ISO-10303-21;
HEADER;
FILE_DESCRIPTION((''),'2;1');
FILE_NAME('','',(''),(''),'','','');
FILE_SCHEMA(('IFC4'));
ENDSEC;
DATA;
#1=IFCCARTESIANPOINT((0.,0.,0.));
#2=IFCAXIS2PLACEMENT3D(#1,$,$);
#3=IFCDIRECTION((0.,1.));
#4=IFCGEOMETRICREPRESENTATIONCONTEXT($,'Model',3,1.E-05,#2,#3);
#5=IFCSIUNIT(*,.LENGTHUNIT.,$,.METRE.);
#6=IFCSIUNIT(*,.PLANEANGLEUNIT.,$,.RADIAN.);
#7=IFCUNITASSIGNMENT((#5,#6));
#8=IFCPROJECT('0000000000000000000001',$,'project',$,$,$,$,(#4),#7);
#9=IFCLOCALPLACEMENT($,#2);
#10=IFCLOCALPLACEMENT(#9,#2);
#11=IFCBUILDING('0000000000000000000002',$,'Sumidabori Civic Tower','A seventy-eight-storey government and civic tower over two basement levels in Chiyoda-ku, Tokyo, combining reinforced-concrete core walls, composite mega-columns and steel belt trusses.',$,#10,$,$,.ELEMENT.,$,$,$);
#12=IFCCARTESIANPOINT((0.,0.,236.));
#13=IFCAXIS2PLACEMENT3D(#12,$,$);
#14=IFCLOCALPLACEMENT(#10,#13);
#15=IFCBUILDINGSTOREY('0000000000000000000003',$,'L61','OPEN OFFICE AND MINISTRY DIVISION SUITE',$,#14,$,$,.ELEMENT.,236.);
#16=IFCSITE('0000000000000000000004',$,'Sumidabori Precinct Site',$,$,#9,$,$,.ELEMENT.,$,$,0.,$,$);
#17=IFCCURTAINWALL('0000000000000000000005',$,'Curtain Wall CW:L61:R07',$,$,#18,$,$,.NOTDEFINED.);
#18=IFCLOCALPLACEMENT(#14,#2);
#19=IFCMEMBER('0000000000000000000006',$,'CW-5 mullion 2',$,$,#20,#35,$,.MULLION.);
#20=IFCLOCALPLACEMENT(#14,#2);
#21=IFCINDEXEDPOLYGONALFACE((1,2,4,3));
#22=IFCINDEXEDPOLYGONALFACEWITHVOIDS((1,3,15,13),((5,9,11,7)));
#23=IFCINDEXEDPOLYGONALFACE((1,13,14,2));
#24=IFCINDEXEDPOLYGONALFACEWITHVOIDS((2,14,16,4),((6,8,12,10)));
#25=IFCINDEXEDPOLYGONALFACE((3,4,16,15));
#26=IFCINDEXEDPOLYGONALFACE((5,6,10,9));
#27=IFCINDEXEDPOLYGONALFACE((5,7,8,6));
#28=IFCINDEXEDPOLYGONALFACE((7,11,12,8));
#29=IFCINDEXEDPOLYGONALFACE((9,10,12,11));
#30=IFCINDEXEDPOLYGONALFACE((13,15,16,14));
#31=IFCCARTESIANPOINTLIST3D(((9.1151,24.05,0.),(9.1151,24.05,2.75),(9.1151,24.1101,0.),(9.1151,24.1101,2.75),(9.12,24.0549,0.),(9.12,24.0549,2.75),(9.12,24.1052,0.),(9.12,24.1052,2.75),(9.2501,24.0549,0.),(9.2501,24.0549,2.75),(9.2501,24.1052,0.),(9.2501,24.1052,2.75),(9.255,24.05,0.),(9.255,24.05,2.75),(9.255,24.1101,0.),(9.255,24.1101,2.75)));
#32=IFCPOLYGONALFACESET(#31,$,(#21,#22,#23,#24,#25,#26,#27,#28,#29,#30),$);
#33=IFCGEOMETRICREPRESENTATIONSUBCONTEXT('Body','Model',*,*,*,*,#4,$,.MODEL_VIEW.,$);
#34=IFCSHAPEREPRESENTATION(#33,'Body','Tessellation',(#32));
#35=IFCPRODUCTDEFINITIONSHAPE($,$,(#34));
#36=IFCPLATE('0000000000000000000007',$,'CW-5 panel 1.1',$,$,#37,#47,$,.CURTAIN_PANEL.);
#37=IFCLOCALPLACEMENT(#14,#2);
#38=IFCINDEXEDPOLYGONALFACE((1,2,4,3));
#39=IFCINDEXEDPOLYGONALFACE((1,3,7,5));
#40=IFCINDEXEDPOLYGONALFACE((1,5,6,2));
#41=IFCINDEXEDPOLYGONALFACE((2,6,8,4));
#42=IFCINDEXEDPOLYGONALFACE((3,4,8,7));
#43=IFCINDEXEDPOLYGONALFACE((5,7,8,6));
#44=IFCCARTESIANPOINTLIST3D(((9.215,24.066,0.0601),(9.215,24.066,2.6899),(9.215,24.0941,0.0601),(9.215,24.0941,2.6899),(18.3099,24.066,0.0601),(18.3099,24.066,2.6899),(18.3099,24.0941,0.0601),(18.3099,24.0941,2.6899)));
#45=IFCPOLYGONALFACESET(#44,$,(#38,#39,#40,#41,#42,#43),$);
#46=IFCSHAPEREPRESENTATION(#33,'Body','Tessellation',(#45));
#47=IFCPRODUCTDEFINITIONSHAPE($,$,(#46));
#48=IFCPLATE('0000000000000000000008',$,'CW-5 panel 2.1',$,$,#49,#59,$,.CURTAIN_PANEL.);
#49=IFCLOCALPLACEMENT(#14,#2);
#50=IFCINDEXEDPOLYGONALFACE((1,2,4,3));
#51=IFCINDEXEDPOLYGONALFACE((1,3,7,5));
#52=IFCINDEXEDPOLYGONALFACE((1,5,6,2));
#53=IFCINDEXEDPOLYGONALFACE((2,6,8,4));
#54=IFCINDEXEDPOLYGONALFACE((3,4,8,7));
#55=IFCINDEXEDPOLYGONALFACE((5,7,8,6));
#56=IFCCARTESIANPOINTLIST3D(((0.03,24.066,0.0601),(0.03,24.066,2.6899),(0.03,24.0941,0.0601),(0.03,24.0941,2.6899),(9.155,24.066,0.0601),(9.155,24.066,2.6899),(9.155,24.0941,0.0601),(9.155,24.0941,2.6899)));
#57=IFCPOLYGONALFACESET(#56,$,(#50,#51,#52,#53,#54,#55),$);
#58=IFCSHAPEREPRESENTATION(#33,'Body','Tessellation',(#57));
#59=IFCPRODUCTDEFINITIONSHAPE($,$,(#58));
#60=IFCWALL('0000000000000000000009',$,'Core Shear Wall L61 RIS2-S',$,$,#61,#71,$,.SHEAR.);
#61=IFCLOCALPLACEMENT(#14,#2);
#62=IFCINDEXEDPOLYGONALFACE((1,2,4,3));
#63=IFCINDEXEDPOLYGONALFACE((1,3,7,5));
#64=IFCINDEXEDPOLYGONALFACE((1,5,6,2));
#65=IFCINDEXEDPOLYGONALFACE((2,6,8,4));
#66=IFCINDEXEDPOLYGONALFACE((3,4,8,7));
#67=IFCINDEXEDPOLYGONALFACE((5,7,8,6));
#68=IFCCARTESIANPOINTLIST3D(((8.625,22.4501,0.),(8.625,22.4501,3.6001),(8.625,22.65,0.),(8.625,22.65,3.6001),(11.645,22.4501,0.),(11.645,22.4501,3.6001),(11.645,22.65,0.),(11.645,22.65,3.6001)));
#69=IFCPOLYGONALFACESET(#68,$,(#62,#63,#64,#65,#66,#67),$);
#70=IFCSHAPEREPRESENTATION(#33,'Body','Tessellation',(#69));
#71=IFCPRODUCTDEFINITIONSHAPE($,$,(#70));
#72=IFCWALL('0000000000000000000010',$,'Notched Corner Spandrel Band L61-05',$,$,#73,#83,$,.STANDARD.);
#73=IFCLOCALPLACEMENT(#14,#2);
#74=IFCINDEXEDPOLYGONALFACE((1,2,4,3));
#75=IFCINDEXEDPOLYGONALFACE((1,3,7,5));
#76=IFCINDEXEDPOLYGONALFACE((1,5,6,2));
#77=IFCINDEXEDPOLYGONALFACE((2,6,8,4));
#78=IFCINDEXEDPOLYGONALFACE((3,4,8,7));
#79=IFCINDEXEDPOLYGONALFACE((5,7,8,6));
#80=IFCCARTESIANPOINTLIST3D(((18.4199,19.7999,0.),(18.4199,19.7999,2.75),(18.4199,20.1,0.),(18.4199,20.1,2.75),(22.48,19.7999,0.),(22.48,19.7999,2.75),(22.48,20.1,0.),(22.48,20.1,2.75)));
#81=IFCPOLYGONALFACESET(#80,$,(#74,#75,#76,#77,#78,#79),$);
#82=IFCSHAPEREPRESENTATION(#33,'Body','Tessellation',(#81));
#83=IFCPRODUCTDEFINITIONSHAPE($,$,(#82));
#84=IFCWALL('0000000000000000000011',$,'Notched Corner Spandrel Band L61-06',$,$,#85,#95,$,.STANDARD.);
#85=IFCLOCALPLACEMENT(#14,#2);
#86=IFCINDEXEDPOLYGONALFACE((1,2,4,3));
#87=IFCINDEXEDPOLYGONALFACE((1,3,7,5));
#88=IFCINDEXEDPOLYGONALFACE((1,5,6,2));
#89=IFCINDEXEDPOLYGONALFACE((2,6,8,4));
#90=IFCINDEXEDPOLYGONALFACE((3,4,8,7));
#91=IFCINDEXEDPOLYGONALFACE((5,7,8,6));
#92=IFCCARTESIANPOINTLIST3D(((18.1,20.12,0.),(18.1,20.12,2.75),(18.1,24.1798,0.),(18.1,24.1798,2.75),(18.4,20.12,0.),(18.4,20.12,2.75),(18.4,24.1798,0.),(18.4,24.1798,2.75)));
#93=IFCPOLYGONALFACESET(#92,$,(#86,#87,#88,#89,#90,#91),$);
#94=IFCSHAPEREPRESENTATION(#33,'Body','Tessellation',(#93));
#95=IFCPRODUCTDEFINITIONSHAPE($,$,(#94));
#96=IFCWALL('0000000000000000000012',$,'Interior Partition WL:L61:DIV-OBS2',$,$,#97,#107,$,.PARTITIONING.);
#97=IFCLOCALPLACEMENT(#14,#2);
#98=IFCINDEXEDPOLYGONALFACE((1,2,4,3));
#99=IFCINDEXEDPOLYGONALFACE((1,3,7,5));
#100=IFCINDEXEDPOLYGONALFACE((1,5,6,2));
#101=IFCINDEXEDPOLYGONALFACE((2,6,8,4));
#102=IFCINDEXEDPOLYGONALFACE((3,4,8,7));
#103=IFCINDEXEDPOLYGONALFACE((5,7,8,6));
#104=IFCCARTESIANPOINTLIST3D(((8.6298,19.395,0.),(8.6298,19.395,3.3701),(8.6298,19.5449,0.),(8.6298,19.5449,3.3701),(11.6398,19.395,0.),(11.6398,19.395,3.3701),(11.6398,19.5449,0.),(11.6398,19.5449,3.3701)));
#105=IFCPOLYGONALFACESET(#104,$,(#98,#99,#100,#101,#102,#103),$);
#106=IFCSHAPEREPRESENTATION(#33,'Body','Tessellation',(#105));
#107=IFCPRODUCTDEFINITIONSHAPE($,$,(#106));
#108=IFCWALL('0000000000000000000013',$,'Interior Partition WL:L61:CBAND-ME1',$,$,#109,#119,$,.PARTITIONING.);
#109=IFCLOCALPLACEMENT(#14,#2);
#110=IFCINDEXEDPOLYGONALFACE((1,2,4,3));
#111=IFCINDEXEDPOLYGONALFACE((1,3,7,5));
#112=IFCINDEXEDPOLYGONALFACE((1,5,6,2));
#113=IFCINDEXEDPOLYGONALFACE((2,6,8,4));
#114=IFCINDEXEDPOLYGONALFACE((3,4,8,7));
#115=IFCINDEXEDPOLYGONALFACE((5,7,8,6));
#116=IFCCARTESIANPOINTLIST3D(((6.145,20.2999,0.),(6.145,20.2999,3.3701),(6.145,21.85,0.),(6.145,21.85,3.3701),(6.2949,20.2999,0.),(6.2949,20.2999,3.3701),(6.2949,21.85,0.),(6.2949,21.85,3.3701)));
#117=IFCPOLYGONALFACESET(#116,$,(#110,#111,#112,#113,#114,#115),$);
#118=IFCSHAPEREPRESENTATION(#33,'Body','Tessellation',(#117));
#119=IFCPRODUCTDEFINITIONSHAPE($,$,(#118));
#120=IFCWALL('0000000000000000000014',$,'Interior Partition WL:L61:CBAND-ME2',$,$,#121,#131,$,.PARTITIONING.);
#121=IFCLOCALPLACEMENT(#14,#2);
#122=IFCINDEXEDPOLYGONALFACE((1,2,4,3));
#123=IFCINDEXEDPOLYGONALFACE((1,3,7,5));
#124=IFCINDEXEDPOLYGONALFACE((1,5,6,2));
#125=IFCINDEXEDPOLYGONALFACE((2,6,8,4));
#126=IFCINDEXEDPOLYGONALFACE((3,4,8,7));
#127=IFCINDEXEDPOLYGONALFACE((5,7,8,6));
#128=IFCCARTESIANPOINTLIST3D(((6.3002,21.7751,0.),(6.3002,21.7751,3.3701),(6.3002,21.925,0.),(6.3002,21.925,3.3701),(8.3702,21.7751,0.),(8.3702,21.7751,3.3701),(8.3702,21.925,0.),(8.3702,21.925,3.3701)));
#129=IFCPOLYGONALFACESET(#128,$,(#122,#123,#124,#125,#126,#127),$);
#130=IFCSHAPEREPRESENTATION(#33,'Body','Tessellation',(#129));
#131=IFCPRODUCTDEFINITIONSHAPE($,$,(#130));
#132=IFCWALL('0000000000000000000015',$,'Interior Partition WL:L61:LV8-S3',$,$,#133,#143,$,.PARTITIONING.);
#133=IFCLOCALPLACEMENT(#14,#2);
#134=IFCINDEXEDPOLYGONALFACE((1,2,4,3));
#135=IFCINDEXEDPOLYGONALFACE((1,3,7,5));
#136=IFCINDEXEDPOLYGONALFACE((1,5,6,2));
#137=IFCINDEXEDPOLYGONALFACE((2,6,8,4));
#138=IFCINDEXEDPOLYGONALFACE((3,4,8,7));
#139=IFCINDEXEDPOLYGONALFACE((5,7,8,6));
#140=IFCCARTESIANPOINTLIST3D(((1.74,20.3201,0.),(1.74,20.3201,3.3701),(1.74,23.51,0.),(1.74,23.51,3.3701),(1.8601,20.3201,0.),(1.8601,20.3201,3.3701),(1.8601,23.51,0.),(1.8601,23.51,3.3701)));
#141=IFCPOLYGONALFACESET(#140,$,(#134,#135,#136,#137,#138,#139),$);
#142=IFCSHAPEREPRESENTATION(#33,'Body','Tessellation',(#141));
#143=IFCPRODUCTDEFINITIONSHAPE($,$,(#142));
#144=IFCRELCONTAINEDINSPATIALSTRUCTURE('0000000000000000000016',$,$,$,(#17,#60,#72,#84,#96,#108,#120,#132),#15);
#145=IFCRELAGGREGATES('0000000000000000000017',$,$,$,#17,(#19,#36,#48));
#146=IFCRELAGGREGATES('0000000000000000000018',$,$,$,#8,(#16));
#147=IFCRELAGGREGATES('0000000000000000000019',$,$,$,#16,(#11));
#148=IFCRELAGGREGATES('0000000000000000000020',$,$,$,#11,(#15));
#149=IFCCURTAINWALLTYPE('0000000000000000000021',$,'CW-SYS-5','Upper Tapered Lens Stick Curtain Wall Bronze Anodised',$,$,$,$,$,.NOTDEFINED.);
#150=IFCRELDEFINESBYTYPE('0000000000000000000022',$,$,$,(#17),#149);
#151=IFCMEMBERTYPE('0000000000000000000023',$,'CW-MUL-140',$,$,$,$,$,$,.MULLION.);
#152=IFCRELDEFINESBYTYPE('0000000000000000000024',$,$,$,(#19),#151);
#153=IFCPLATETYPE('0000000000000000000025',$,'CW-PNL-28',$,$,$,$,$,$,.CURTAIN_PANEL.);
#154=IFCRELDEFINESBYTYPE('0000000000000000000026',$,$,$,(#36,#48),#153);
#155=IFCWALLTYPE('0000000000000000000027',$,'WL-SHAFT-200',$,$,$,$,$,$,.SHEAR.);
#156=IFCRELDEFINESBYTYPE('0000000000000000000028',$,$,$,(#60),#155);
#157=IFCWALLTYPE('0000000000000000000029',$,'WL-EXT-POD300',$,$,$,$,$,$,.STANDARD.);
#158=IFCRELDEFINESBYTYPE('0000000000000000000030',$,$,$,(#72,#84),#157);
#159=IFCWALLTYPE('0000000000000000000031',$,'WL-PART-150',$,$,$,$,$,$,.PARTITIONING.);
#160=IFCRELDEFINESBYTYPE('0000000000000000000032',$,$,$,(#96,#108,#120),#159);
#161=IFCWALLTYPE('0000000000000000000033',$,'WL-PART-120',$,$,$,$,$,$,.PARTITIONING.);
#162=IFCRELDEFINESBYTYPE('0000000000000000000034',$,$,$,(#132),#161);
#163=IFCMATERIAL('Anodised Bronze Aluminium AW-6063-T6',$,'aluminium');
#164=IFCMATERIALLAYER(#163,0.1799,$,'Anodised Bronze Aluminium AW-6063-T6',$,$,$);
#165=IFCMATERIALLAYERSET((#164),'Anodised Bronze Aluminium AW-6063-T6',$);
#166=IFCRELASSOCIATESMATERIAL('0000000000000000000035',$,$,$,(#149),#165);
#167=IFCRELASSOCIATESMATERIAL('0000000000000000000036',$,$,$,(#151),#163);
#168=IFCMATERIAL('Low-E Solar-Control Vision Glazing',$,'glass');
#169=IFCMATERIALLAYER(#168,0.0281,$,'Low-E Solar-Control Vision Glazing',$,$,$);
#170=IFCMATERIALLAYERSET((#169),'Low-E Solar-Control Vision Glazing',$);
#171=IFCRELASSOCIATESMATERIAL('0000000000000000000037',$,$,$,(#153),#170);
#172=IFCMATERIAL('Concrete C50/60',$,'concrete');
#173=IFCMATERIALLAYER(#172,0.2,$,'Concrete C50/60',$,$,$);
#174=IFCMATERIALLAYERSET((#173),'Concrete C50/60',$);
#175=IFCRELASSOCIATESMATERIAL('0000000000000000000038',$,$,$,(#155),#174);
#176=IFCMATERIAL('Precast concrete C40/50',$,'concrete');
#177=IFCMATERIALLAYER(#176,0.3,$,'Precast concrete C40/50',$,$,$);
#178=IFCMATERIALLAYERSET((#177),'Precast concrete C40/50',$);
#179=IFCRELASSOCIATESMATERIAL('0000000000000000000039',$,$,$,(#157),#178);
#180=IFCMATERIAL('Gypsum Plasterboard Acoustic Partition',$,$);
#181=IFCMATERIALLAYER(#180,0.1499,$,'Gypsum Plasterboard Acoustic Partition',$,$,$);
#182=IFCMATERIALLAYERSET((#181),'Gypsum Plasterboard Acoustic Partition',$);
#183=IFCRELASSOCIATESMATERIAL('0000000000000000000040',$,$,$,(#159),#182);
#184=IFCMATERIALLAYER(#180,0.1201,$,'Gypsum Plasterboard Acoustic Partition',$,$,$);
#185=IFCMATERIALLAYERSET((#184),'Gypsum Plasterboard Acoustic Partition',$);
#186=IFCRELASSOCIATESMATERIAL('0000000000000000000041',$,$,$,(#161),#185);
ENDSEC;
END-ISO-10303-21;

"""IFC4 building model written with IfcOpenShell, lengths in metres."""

from ifc_helpers import new_model, si_unit, direction, frame, frame_2d, origin, origin_2d, place, context, subcontext, project, spatial, rectangle, hollow_rectangle, extrude, source, transform, mapped, material, layer, layer_set, material_profile, profile_set, type_object, element, aggregate, save


model = new_model("IFC4")

# Units and contexts
model_context = context("Model", 3, precision=1e-05, world=origin(), true_north=direction((0.0, 1.0)))
body_context = subcontext(model_context, "Body", "Model", "MODEL_VIEW")
ifc_project = project(units=[si_unit("LENGTHUNIT", "METRE"), si_unit("PLANEANGLEUNIT", "RADIAN")], contexts=[model_context])

# Site, building, storey
site_placement = place(None, origin())
site = spatial("IfcSite", under=ifc_project, at=site_placement, Name="Sumidabori Precinct Site", CompositionType="ELEMENT", RefElevation=0.0)
building_placement = place(site_placement, origin())
building = spatial("IfcBuilding", under=site, at=building_placement, Name="Sumidabori Civic Tower", Description="A seventy-eight-storey government and civic tower over two basement levels in Chiyoda-ku, Tokyo, combining reinforced-concrete core walls, composite mega-columns and steel belt trusses.", CompositionType="ELEMENT")
storey_placement = place(building_placement, frame((0.0, 0.0, 236.0)))
storey = spatial("IfcBuildingStorey", under=building, at=storey_placement, Name="L61", Description="OPEN OFFICE AND MINISTRY DIVISION SUITE", CompositionType="ELEMENT", Elevation=236.0)

# Curtain wall
ifc_material_1 = material(Name="Anodised Bronze Aluminium AW-6063-T6", Category="aluminium")
ifc_layer_1 = layer(ifc_material_1, 0.1799, Name="Anodised Bronze Aluminium AW-6063-T6")
ifc_layer_set_1 = layer_set([ifc_layer_1], Name="Anodised Bronze Aluminium AW-6063-T6")
curtain_wall_type = type_object("IfcCurtainWallType", Name="CW-SYS-5", Description="Upper Tapered Lens Stick Curtain Wall Bronze Anodised", PredefinedType="NOTDEFINED", material=ifc_layer_set_1)
curtain_wall_1_placement = place(storey_placement, origin())
curtain_wall_1 = element("IfcCurtainWall", 1, at=curtain_wall_1_placement, inside=storey, type_object=curtain_wall_type, Name="Curtain Wall CW:L61:R07", PredefinedType="NOTDEFINED")

# Shared definitions
ifc_material_profile_1 = material_profile(ifc_material_1, hollow_rectangle(XDim=0.0601, YDim=0.1399, WallThickness=0.0049, at=origin_2d()), Name="ALU MULLION 140x60")
ifc_profile_set_1 = profile_set([ifc_material_profile_1], Name="Anodised Bronze Aluminium AW-6063-T6")
member_type_1 = type_object("IfcMemberType", Name="CW-MUL-140", PredefinedType="MULLION", material=ifc_profile_set_1)
shared_shape_1 = source(origin(), body_context, "Body", "SweptSolid", [
    extrude(hollow_rectangle(XDim=0.0601, YDim=0.1399, WallThickness=0.0049, at=origin_2d()), origin(), (0.0, 0.0, 1.0), 2.75),
])

# Member
member_1_placement = place(storey_placement, frame((9.1851, 24.0801, 0.0), z_axis=(0.0, 0.0, 1.0), x_axis=(0.0, -1.0, 0.0)))
member_1 = element("IfcMember", 2, at=member_1_placement, type_object=member_type_1, Name="CW-5 mullion 2", PredefinedType="MULLION", context=body_context, shape_type="MappedRepresentation", body=[
    mapped(shared_shape_1, transform((0.0, 0.0, 0.0), x_axis=(1.0, 0.0, 0.0), y_axis=(0.0, 1.0, 0.0), z_axis=(0.0, 0.0, 1.0), scale=1.0)),
])

# Plates
ifc_material_2 = material(Name="Low-E Solar-Control Vision Glazing", Category="glass")
ifc_layer_2 = layer(ifc_material_2, 0.0281, Name="Low-E Solar-Control Vision Glazing")
ifc_layer_set_2 = layer_set([ifc_layer_2], Name="Low-E Solar-Control Vision Glazing")
plate_type = type_object("IfcPlateType", Name="CW-PNL-28", PredefinedType="CURTAIN_PANEL", material=ifc_layer_set_2)
shared_shape_2 = source(origin(), body_context, "Body", "SweptSolid", [
    extrude(rectangle(XDim=9.095, YDim=0.0281, at=origin_2d()), origin(), (0.0, 0.0, 1.0), 2.6299),
])
plate_1_placement = place(storey_placement, frame((13.7625, 24.0801, 0.0601), z_axis=(0.0, 0.0, 1.0), x_axis=(-1.0, 0.0, 0.0)))
plate_1 = element("IfcPlate", 3, at=plate_1_placement, type_object=plate_type, Name="CW-5 panel 1.1", PredefinedType="CURTAIN_PANEL", context=body_context, shape_type="MappedRepresentation", body=[
    mapped(shared_shape_2, transform((0.0, 0.0, 0.0), x_axis=(1.0, 0.0, 0.0), y_axis=(0.0, 1.0, 0.0), z_axis=(0.0, 0.0, 1.0), scale=1.0)),
])
shared_shape_3 = source(origin(), body_context, "Body", "SweptSolid", [
    extrude(rectangle(XDim=9.125, YDim=0.0281, at=origin_2d()), origin(), (0.0, 0.0, 1.0), 2.6299),
])
plate_2_placement = place(storey_placement, frame((4.5925, 24.0801, 0.0601), z_axis=(0.0, 0.0, 1.0), x_axis=(-1.0, 0.0, 0.0)))
plate_2 = element("IfcPlate", 4, at=plate_2_placement, type_object=plate_type, Name="CW-5 panel 2.1", PredefinedType="CURTAIN_PANEL", context=body_context, shape_type="MappedRepresentation", body=[
    mapped(shared_shape_3, transform((0.0, 0.0, 0.0), x_axis=(1.0, 0.0, 0.0), y_axis=(0.0, 1.0, 0.0), z_axis=(0.0, 0.0, 1.0), scale=1.0)),
])
aggregate(curtain_wall_1, [member_1, plate_1, plate_2])

# Walls
ifc_material_3 = material(Name="Concrete C50/60", Category="concrete")
ifc_layer_3 = layer(ifc_material_3, 0.2, Name="Concrete C50/60")
ifc_layer_set_3 = layer_set([ifc_layer_3], Name="Concrete C50/60")
wall_type_1 = type_object("IfcWallType", Name="WL-SHAFT-200", PredefinedType="SHEAR", material=ifc_layer_set_3)
shared_shape_4 = source(origin(), body_context, "Body", "SweptSolid", [
    extrude(rectangle(XDim=3.02, YDim=0.2, at=frame_2d((1.51, 0.0))), origin(), (0.0, 0.0, 1.0), 3.6001),
])
wall_1_placement = place(storey_placement, frame((8.625, 22.55, 0.0), z_axis=(0.0, 0.0, 1.0), x_axis=(1.0, 0.0, 0.0)))
element("IfcWall", 5, at=wall_1_placement, inside=storey, type_object=wall_type_1, Name="Core Shear Wall L61 RIS2-S", PredefinedType="SHEAR", context=body_context, shape_type="MappedRepresentation", body=[
    mapped(shared_shape_4, transform((0.0, 0.0, 0.0), x_axis=(1.0, 0.0, 0.0), y_axis=(0.0, 1.0, 0.0), z_axis=(0.0, 0.0, 1.0), scale=1.0)),
])
ifc_material_4 = material(Name="Precast concrete C40/50", Category="concrete")
ifc_layer_4 = layer(ifc_material_4, 0.3, Name="Precast concrete C40/50")
ifc_layer_set_4 = layer_set([ifc_layer_4], Name="Precast concrete C40/50")
wall_type_2 = type_object("IfcWallType", Name="WL-EXT-POD300", PredefinedType="STANDARD", material=ifc_layer_set_4)
shared_shape_5 = source(origin(), body_context, "Body", "SweptSolid", [
    extrude(rectangle(XDim=4.0601, YDim=0.3, at=frame_2d((2.03, 0.0))), origin(), (0.0, 0.0, 1.0), 2.75),
])
wall_2_placement = place(storey_placement, frame((22.48, 19.95, 0.0), z_axis=(0.0, 0.0, 1.0), x_axis=(-1.0, 0.0, 0.0)))
element("IfcWall", 6, at=wall_2_placement, inside=storey, type_object=wall_type_2, Name="Notched Corner Spandrel Band L61-05", PredefinedType="STANDARD", context=body_context, shape_type="MappedRepresentation", body=[
    mapped(shared_shape_5, transform((0.0, 0.0, 0.0), x_axis=(1.0, 0.0, 0.0), y_axis=(0.0, 1.0, 0.0), z_axis=(0.0, 0.0, 1.0), scale=1.0)),
])
shared_shape_6 = source(origin(), body_context, "Body", "SweptSolid", [
    extrude(rectangle(XDim=4.0598, YDim=0.3, at=frame_2d((2.0298, 0.0))), origin(), (0.0, 0.0, 1.0), 2.75),
])
wall_3_placement = place(storey_placement, frame((18.25, 20.1201, 0.0), z_axis=(0.0, 0.0, 1.0), x_axis=(0.0, 1.0, 0.0)))
element("IfcWall", 7, at=wall_3_placement, inside=storey, type_object=wall_type_2, Name="Notched Corner Spandrel Band L61-06", PredefinedType="STANDARD", context=body_context, shape_type="MappedRepresentation", body=[
    mapped(shared_shape_6, transform((0.0, 0.0, 0.0), x_axis=(1.0, 0.0, 0.0), y_axis=(0.0, 1.0, 0.0), z_axis=(0.0, 0.0, 1.0), scale=1.0)),
])
ifc_material_5 = material(Name="Gypsum Plasterboard Acoustic Partition")
ifc_layer_5 = layer(ifc_material_5, 0.1499, Name="Gypsum Plasterboard Acoustic Partition")
ifc_layer_set_5 = layer_set([ifc_layer_5], Name="Gypsum Plasterboard Acoustic Partition")
wall_type_3 = type_object("IfcWallType", Name="WL-PART-150", PredefinedType="PARTITIONING", material=ifc_layer_set_5)
shared_shape_7 = source(origin(), body_context, "Body", "SweptSolid", [
    extrude(rectangle(XDim=3.01, YDim=0.1499, at=frame_2d((1.5049, 0.0))), origin(), (0.0, 0.0, 1.0), 3.3701),
])
wall_4_placement = place(storey_placement, frame((8.6299, 19.47, 0.0), z_axis=(0.0, 0.0, 1.0), x_axis=(1.0, 0.0, 0.0)))
element("IfcWall", 8, at=wall_4_placement, inside=storey, type_object=wall_type_3, Name="Interior Partition WL:L61:DIV-OBS2", PredefinedType="PARTITIONING", context=body_context, shape_type="MappedRepresentation", body=[
    mapped(shared_shape_7, transform((0.0, 0.0, 0.0), x_axis=(1.0, 0.0, 0.0), y_axis=(0.0, 1.0, 0.0), z_axis=(0.0, 0.0, 1.0), scale=1.0)),
])
shared_shape_8 = source(origin(), body_context, "Body", "SweptSolid", [
    extrude(rectangle(XDim=1.55, YDim=0.1499, at=frame_2d((0.7749, 0.0))), origin(), (0.0, 0.0, 1.0), 3.3701),
])
wall_5_placement = place(storey_placement, frame((6.22, 20.3, 0.0), z_axis=(0.0, 0.0, 1.0), x_axis=(0.0, 1.0, 0.0)))
element("IfcWall", 9, at=wall_5_placement, inside=storey, type_object=wall_type_3, Name="Interior Partition WL:L61:CBAND-ME1", PredefinedType="PARTITIONING", context=body_context, shape_type="MappedRepresentation", body=[
    mapped(shared_shape_8, transform((0.0, 0.0, 0.0), x_axis=(1.0, 0.0, 0.0), y_axis=(0.0, 1.0, 0.0), z_axis=(0.0, 0.0, 1.0), scale=1.0)),
])
shared_shape_9 = source(origin(), body_context, "Body", "SweptSolid", [
    extrude(rectangle(XDim=2.0701, YDim=0.1499, at=frame_2d((1.0352, 0.0))), origin(), (0.0, 0.0, 1.0), 3.3701),
])
wall_6_placement = place(storey_placement, frame((6.3, 21.8501, 0.0), z_axis=(0.0, 0.0, 1.0), x_axis=(1.0, 0.0, 0.0)))
element("IfcWall", 10, at=wall_6_placement, inside=storey, type_object=wall_type_3, Name="Interior Partition WL:L61:CBAND-ME2", PredefinedType="PARTITIONING", context=body_context, shape_type="MappedRepresentation", body=[
    mapped(shared_shape_9, transform((0.0, 0.0, 0.0), x_axis=(1.0, 0.0, 0.0), y_axis=(0.0, 1.0, 0.0), z_axis=(0.0, 0.0, 1.0), scale=1.0)),
])
ifc_layer_6 = layer(ifc_material_5, 0.1201, Name="Gypsum Plasterboard Acoustic Partition")
ifc_layer_set_6 = layer_set([ifc_layer_6], Name="Gypsum Plasterboard Acoustic Partition")
wall_type_4 = type_object("IfcWallType", Name="WL-PART-120", PredefinedType="PARTITIONING", material=ifc_layer_set_6)
shared_shape_10 = source(origin(), body_context, "Body", "SweptSolid", [
    extrude(rectangle(XDim=3.1899, YDim=0.1201, at=frame_2d((1.595, 0.0))), origin(), (0.0, 0.0, 1.0), 3.3701),
])
wall_7_placement = place(storey_placement, frame((1.8, 20.3201, 0.0), z_axis=(0.0, 0.0, 1.0), x_axis=(0.0, 1.0, 0.0)))
element("IfcWall", 11, at=wall_7_placement, inside=storey, type_object=wall_type_4, Name="Interior Partition WL:L61:LV8-S3", PredefinedType="PARTITIONING", context=body_context, shape_type="MappedRepresentation", body=[
    mapped(shared_shape_10, transform((0.0, 0.0, 0.0), x_axis=(1.0, 0.0, 0.0), y_axis=(0.0, 1.0, 0.0), z_axis=(0.0, 0.0, 1.0), scale=1.0)),
])

save(model, "model.ifc")
